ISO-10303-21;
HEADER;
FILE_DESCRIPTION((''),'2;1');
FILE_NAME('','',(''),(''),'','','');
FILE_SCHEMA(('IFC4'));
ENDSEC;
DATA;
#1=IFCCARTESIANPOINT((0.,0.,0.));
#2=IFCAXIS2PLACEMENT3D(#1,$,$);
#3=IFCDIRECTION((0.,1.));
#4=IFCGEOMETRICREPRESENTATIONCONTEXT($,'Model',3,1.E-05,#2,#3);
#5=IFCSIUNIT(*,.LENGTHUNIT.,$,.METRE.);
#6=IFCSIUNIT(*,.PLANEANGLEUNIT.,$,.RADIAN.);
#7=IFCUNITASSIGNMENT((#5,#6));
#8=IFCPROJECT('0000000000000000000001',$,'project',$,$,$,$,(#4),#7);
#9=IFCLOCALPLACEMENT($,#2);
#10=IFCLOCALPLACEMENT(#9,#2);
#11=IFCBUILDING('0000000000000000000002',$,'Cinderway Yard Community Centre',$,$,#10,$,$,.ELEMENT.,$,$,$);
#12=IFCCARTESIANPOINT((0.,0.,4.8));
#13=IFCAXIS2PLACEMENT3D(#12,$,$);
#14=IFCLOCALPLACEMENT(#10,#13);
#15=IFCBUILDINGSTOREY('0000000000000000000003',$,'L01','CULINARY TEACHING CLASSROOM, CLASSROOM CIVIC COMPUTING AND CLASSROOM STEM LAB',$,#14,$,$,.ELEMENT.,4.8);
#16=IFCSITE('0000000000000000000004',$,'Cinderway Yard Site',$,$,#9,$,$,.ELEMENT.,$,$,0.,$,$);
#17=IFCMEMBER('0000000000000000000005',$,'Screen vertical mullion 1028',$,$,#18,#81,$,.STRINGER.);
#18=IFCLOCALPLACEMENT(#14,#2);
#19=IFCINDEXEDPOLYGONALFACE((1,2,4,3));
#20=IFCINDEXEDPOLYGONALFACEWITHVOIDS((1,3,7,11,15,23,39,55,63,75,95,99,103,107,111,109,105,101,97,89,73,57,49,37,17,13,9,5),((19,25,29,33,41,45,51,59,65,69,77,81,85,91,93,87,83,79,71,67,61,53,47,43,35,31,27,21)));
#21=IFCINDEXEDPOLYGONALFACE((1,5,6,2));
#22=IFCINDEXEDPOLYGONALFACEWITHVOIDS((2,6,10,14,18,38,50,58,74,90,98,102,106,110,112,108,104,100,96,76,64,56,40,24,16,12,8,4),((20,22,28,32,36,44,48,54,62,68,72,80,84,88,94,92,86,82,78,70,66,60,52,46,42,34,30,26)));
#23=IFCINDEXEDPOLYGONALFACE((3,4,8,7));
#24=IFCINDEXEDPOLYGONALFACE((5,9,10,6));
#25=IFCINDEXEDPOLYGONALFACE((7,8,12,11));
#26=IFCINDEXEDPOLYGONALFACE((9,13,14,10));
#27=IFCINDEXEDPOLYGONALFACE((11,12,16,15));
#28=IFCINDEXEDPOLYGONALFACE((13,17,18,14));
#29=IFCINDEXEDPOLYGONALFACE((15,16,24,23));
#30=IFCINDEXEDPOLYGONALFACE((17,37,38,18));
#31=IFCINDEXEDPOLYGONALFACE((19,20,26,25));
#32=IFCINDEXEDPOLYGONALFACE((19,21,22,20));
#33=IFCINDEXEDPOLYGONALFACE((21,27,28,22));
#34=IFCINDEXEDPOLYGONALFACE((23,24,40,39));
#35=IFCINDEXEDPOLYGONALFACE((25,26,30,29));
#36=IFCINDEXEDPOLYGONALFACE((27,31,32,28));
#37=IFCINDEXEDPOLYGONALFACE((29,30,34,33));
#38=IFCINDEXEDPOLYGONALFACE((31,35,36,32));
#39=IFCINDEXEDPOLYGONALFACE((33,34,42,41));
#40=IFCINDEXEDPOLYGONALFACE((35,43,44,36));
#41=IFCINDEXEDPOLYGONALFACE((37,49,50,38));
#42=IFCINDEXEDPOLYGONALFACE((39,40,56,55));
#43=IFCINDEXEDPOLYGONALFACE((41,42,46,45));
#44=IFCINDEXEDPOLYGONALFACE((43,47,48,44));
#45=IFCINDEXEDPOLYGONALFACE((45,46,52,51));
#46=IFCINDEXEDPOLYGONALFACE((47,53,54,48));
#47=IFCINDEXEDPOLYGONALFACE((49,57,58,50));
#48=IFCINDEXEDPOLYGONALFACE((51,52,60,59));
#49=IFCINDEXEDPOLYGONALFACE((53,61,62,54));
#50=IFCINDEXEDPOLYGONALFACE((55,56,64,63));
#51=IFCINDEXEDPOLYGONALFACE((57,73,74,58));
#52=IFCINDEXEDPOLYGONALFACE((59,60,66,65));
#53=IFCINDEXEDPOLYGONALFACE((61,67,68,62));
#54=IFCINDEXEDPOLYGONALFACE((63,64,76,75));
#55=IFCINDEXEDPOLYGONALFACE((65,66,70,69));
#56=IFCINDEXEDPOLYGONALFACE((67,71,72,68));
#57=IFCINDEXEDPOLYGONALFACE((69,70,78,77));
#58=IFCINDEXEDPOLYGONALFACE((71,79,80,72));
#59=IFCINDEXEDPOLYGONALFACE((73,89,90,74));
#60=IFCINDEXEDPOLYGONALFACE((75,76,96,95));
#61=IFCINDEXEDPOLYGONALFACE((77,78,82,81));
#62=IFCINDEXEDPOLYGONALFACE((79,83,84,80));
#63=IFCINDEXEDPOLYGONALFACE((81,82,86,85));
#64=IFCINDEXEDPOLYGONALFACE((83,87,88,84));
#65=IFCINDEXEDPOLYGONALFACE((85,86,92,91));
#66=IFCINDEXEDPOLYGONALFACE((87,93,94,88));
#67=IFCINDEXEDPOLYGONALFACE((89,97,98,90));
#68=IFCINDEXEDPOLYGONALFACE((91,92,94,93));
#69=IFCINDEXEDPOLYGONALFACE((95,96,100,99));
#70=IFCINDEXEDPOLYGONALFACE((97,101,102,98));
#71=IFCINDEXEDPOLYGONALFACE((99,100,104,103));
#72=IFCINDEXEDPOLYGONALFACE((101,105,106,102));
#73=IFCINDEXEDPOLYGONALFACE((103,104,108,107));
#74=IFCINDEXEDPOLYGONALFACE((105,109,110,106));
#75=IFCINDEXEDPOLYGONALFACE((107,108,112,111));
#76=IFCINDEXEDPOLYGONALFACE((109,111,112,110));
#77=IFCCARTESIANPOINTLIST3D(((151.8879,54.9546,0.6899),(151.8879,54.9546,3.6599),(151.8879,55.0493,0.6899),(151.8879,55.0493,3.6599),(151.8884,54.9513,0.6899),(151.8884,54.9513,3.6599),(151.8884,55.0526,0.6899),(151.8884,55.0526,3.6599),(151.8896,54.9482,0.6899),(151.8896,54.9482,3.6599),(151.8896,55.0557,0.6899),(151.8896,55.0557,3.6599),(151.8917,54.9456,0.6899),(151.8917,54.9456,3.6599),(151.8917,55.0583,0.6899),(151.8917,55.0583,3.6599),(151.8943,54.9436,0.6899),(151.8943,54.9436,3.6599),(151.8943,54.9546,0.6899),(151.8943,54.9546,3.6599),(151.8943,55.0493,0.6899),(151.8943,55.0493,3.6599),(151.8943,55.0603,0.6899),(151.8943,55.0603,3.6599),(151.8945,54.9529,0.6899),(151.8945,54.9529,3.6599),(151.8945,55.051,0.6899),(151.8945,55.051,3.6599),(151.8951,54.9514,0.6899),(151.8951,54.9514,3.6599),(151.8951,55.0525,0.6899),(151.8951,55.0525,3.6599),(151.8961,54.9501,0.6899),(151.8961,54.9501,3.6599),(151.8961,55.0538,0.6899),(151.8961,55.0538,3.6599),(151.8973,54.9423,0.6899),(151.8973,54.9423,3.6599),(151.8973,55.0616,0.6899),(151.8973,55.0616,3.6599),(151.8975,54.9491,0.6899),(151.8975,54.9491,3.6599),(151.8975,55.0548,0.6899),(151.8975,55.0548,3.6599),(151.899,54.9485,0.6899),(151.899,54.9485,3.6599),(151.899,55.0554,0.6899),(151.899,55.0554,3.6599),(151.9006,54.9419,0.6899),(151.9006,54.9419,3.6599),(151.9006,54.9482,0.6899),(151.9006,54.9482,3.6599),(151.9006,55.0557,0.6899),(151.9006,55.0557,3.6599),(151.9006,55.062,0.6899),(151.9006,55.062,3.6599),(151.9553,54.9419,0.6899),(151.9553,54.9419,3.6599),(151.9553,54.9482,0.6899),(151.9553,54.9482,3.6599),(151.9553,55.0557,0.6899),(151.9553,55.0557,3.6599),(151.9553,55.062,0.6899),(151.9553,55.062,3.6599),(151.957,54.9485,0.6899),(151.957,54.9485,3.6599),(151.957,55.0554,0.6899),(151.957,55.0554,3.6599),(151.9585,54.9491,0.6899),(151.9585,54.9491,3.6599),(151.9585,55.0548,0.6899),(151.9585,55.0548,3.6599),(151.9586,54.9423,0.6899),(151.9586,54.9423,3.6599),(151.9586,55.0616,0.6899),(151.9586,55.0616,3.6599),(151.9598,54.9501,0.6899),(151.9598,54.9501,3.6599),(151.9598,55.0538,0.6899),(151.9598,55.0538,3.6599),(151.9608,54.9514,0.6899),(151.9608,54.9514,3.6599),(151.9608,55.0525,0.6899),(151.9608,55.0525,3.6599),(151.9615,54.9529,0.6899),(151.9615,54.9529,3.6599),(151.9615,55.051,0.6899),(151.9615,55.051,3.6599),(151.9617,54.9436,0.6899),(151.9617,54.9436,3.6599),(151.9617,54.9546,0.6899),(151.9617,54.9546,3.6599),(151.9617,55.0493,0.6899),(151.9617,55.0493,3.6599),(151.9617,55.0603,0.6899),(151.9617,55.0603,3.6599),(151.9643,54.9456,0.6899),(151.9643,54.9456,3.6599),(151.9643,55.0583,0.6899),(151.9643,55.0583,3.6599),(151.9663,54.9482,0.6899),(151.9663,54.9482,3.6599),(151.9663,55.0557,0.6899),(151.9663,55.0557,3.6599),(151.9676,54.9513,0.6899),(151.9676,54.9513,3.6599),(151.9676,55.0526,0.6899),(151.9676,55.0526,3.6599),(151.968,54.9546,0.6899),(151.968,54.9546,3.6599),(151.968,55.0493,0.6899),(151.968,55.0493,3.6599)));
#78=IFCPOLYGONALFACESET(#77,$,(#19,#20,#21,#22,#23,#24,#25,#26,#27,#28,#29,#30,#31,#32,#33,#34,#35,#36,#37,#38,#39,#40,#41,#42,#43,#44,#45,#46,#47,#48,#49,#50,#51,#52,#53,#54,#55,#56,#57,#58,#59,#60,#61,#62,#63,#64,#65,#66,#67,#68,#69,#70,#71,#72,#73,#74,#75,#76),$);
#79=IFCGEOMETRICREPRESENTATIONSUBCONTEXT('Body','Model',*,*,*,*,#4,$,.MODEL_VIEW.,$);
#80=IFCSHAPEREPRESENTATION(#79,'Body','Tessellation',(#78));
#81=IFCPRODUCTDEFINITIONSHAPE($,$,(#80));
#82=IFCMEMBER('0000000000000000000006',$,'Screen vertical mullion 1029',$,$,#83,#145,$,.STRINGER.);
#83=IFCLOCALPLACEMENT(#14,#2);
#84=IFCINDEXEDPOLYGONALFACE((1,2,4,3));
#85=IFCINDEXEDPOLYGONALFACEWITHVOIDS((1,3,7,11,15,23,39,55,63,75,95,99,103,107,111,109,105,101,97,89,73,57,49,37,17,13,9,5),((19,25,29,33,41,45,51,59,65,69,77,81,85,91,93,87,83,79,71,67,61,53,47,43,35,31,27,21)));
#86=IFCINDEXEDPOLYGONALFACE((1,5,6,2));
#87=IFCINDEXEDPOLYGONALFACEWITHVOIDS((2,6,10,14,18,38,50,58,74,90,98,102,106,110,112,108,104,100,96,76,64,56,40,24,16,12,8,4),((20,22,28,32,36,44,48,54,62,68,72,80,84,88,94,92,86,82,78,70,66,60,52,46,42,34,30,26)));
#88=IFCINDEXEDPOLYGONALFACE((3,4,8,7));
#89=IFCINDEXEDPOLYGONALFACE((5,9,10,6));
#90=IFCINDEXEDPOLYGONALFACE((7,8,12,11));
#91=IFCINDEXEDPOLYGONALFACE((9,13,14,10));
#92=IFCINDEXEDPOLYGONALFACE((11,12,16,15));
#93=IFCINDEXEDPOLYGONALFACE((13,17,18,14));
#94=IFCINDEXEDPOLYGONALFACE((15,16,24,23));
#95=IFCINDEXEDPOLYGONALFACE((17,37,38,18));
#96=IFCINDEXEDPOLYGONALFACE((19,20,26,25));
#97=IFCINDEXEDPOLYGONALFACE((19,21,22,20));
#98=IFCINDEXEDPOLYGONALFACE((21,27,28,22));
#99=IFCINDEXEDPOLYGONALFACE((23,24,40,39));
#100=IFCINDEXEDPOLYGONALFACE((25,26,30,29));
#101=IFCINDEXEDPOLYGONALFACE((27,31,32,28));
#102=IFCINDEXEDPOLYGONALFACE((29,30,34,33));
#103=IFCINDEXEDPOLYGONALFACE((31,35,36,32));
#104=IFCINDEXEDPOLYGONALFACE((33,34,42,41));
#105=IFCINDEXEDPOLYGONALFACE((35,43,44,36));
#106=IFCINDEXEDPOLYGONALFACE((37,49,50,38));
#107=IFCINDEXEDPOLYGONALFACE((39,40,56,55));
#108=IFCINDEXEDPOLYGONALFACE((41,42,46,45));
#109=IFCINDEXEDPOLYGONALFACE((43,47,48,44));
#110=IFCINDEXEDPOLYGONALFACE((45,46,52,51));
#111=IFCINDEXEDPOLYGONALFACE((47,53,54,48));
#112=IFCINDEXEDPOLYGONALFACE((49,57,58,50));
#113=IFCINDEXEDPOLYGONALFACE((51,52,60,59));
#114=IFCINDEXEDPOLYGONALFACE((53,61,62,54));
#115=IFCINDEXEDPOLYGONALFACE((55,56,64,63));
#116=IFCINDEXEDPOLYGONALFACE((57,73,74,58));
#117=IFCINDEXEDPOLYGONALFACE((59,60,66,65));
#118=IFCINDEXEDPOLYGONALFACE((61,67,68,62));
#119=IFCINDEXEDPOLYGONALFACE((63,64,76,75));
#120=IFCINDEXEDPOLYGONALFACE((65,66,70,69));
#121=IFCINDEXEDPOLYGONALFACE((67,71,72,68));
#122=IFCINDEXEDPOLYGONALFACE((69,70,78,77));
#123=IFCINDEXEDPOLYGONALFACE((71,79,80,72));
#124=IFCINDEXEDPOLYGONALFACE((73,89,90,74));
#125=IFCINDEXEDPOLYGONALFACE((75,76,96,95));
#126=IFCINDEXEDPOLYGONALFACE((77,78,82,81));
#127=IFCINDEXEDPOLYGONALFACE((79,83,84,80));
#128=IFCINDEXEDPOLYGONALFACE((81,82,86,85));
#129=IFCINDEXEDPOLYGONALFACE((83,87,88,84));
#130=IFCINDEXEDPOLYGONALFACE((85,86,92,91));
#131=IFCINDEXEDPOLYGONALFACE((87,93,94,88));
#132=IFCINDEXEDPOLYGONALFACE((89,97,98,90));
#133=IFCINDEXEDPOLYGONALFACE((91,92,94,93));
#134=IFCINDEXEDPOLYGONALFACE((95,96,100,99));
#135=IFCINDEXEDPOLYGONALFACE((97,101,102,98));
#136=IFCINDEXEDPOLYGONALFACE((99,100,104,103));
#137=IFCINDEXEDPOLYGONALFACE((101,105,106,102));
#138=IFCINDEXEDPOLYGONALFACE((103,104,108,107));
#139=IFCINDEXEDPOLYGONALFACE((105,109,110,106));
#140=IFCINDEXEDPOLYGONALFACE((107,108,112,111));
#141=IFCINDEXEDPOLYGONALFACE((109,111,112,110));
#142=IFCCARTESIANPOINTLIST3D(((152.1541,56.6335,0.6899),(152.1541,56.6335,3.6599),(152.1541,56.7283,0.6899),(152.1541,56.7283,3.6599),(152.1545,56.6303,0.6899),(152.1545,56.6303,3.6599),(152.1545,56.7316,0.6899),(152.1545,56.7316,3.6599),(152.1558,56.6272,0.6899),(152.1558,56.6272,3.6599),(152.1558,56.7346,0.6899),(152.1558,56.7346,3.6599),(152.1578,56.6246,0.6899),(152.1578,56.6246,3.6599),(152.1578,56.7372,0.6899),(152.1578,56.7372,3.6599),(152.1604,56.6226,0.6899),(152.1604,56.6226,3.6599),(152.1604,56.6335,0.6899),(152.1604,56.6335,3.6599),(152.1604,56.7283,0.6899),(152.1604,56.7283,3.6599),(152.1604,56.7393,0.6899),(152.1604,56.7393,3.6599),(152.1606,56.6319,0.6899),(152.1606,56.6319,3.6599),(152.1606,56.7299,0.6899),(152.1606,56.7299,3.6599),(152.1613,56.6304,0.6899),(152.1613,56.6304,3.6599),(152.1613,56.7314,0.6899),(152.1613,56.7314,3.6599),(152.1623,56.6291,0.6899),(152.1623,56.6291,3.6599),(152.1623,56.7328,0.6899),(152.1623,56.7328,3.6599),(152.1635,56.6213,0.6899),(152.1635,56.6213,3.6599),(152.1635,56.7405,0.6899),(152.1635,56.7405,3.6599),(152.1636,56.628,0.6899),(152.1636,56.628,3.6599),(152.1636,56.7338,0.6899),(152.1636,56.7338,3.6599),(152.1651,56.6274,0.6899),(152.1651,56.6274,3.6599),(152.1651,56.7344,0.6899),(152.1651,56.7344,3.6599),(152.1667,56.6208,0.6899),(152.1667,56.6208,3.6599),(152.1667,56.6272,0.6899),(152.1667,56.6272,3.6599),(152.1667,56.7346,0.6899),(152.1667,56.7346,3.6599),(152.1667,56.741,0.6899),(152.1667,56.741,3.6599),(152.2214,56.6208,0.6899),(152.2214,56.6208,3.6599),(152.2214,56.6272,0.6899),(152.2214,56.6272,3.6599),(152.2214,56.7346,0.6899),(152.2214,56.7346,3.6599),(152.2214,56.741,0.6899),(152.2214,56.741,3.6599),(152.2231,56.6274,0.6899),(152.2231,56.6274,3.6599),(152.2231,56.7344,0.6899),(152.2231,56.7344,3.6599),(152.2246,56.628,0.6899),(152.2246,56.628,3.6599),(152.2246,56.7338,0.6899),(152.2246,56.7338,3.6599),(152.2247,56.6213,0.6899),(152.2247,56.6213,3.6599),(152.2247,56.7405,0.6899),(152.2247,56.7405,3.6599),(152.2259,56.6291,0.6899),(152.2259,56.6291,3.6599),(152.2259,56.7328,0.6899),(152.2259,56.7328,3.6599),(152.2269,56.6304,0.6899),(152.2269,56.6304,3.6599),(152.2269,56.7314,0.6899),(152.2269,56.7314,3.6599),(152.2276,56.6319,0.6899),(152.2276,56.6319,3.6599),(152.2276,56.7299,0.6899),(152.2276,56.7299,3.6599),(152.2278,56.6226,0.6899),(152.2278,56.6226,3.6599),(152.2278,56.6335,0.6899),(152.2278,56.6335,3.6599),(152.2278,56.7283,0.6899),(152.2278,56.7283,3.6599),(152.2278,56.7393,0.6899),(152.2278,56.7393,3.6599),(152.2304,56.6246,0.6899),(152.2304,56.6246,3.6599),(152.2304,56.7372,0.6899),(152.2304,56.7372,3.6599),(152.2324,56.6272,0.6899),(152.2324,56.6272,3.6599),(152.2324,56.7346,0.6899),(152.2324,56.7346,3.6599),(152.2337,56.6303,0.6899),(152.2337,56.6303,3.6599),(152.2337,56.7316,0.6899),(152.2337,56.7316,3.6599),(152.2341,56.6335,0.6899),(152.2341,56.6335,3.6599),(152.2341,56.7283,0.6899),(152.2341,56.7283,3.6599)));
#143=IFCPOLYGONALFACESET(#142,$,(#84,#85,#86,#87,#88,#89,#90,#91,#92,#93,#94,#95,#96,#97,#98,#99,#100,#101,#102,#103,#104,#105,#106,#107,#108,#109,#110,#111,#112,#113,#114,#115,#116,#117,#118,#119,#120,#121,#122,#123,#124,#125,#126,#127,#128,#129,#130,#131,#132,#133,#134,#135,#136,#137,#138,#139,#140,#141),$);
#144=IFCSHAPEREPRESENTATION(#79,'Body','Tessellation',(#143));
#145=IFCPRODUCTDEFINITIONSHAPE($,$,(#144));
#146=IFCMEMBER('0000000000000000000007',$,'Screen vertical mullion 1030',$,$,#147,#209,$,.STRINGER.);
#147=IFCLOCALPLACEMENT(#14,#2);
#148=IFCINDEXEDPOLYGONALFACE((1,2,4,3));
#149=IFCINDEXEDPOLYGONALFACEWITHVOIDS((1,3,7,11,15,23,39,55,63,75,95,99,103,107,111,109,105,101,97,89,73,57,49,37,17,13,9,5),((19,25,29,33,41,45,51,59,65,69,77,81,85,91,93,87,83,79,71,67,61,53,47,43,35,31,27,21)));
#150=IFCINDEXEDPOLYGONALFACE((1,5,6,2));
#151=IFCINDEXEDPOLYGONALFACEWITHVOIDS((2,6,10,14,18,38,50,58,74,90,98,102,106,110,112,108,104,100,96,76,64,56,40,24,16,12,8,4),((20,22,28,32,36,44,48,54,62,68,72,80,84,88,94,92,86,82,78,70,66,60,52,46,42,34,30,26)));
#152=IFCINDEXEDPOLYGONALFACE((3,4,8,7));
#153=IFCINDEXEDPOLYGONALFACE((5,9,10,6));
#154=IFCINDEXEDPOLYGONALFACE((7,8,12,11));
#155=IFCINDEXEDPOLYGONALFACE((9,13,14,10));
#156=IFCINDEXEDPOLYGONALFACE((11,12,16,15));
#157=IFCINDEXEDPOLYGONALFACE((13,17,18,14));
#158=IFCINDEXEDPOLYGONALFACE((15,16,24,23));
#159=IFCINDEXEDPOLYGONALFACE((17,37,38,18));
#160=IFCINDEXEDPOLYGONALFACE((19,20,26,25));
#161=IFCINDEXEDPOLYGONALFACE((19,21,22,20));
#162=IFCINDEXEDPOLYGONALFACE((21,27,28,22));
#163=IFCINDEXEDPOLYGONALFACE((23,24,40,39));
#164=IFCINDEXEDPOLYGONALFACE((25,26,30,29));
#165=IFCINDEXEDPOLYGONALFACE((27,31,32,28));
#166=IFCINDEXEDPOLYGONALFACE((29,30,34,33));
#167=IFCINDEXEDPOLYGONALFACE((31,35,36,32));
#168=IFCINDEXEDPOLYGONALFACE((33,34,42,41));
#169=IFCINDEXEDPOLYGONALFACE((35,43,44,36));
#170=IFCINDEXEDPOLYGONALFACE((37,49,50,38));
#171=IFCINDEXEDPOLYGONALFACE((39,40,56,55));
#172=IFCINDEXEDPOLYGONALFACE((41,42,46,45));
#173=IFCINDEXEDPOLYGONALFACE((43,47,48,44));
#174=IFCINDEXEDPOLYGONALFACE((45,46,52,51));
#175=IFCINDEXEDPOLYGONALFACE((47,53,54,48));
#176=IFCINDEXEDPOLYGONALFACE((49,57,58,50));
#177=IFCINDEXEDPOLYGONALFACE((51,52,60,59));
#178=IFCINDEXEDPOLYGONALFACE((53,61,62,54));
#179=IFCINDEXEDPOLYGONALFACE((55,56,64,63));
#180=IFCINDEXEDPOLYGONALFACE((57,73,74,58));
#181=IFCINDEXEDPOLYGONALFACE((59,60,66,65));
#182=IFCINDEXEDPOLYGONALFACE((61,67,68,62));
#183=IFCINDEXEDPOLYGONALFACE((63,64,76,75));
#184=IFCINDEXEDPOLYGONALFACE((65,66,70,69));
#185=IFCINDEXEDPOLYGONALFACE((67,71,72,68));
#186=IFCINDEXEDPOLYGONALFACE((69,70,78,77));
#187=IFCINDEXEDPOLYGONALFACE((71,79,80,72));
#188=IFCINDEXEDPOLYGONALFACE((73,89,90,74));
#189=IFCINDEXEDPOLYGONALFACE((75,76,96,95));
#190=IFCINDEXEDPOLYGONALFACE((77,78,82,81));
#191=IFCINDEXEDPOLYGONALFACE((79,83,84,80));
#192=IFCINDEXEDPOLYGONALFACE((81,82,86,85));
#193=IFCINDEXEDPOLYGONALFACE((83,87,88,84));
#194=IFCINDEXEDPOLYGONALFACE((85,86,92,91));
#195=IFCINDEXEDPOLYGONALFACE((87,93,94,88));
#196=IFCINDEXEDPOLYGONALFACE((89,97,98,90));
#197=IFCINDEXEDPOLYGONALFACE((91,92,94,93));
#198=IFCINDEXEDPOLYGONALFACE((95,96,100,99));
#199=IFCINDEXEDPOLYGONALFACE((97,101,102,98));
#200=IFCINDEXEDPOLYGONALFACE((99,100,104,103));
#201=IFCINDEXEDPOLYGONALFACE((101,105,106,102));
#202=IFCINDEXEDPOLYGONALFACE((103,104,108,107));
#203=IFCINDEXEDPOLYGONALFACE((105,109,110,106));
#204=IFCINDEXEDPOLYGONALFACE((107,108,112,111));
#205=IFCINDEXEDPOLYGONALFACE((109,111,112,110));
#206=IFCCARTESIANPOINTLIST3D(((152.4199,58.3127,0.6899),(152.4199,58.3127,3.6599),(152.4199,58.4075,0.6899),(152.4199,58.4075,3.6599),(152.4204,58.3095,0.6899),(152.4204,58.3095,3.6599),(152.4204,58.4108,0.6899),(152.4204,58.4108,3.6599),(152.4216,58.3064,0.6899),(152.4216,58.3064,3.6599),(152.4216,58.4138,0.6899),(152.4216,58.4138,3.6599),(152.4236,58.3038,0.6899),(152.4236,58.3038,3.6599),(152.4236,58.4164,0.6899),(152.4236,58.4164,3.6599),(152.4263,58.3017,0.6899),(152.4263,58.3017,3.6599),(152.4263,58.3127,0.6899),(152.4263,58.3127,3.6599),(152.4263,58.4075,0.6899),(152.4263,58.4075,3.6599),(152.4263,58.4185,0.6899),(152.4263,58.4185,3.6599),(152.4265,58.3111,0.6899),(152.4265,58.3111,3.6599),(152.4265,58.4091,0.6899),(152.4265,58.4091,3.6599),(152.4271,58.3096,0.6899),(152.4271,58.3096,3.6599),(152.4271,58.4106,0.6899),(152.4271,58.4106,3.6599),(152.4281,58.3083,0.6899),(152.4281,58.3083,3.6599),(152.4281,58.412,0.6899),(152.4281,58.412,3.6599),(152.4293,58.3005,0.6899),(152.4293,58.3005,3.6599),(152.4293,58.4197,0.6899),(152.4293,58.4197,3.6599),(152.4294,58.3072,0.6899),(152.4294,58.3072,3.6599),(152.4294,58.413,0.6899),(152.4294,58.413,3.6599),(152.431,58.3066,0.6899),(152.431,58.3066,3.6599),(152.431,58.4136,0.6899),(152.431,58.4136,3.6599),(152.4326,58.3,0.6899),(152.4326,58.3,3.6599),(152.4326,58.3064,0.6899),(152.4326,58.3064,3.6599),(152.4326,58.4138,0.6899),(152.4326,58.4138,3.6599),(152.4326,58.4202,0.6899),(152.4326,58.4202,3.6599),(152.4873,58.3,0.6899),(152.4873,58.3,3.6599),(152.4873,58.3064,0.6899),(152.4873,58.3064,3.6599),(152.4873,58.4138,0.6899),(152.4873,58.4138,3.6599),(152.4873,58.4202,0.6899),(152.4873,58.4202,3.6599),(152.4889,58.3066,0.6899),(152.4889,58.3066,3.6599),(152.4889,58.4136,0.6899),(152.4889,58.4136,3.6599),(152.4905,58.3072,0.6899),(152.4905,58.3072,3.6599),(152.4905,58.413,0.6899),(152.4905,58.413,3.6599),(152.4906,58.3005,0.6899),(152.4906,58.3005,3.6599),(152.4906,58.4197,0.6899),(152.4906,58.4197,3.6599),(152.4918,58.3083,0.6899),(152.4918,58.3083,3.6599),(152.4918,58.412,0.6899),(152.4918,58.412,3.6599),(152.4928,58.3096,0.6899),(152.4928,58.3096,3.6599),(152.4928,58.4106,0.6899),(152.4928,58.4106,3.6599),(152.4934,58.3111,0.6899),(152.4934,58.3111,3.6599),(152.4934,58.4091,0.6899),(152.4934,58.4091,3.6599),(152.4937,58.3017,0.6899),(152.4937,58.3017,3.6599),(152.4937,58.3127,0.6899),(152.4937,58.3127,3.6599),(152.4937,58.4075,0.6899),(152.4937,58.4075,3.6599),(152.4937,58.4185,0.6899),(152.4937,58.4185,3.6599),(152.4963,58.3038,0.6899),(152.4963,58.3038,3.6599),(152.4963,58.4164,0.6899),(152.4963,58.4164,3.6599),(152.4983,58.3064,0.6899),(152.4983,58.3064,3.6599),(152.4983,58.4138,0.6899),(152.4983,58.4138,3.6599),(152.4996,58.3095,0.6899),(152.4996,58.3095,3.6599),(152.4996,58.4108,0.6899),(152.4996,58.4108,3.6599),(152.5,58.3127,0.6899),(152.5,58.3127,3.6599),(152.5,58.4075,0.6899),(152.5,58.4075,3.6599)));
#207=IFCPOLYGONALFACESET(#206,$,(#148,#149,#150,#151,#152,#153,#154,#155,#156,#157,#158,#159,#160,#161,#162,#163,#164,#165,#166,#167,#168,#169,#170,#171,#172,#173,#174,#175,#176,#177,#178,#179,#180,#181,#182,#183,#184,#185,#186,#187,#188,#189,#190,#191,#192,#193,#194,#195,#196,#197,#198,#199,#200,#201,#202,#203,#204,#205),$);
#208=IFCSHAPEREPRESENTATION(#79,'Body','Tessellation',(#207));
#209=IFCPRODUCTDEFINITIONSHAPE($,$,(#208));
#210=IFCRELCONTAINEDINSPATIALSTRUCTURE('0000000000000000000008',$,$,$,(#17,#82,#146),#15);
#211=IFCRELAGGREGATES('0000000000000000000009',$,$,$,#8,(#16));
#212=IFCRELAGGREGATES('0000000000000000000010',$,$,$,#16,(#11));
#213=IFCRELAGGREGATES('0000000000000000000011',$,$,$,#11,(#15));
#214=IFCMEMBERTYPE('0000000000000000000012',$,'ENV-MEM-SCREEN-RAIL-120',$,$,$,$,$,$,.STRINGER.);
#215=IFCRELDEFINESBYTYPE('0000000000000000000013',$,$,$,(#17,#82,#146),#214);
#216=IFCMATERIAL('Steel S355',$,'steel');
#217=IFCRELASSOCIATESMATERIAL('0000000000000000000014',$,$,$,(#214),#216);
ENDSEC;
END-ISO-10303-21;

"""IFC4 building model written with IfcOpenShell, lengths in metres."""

from ifc_helpers import new_model, si_unit, direction, frame, origin, origin_2d, place, context, subcontext, project, spatial, hollow_rectangle, extrude, material, material_profile, profile_set, type_object, element, save


model = new_model("IFC4")

# Units and contexts
model_context = context("Model", 3, precision=1e-05, world=origin(), true_north=direction((0.0, 1.0)))
body_context = subcontext(model_context, "Body", "Model", "MODEL_VIEW")
ifc_project = project(units=[si_unit("LENGTHUNIT", "METRE"), si_unit("PLANEANGLEUNIT", "RADIAN")], contexts=[model_context])

# Site, building, storey
site_placement = place(None, origin())
site = spatial("IfcSite", under=ifc_project, at=site_placement, Name="Cinderway Yard Site", CompositionType="ELEMENT", RefElevation=0.0)
building_placement = place(site_placement, origin())
building = spatial("IfcBuilding", under=site, at=building_placement, Name="Cinderway Yard Community Centre", CompositionType="ELEMENT")
storey_placement = place(building_placement, frame((0.0, 0.0, 4.8)))
storey = spatial("IfcBuildingStorey", under=building, at=storey_placement, Name="L01", Description="CULINARY TEACHING CLASSROOM, CLASSROOM CIVIC COMPUTING AND CLASSROOM STEM LAB", CompositionType="ELEMENT", Elevation=4.8)

# Members
ifc_material_1 = material(Name="Steel S355", Category="steel")
ifc_material_profile_1 = material_profile(ifc_material_1, hollow_rectangle(XDim=0.0801, YDim=0.1201, WallThickness=0.0063, InnerFilletRadius=0.0063, OuterFilletRadius=0.0127, at=origin_2d()), Name="Steel S355")
ifc_profile_set_1 = profile_set([ifc_material_profile_1], Name="Steel S355")
member_type_1 = type_object("IfcMemberType", Name="ENV-MEM-SCREEN-RAIL-120", PredefinedType="STRINGER", material=ifc_profile_set_1)
for number, where, z_axis, x_axis, name in (
    (1, (151.928, 55.002, 0.6899), (0.0, 0.0, 1.0), (1.0, 0.0, 0.0), "Screen vertical mullion 1028"),
    (2, (152.1941, 56.6809, 0.6899), (0.0, 0.0, 1.0), (1.0, 0.0, 0.0), "Screen vertical mullion 1029"),
    (3, (152.46, 58.3601, 0.6899), (0.0, 0.0, 1.0), (1.0, 0.0, 0.0), "Screen vertical mullion 1030"),
):
    element("IfcMember", number, at=place(storey_placement, frame(where, z_axis=z_axis, x_axis=x_axis)), inside=storey, type_object=member_type_1, Name=name, PredefinedType="STRINGER", context=body_context, shape_type="SweptSolid", body=[
        extrude(hollow_rectangle(XDim=0.0801, YDim=0.1201, WallThickness=0.0063, InnerFilletRadius=0.0063, OuterFilletRadius=0.0127, at=origin_2d()), origin(), (0.0, 0.0, 1.0), 2.97),
    ])

save(model, "model.ifc")
